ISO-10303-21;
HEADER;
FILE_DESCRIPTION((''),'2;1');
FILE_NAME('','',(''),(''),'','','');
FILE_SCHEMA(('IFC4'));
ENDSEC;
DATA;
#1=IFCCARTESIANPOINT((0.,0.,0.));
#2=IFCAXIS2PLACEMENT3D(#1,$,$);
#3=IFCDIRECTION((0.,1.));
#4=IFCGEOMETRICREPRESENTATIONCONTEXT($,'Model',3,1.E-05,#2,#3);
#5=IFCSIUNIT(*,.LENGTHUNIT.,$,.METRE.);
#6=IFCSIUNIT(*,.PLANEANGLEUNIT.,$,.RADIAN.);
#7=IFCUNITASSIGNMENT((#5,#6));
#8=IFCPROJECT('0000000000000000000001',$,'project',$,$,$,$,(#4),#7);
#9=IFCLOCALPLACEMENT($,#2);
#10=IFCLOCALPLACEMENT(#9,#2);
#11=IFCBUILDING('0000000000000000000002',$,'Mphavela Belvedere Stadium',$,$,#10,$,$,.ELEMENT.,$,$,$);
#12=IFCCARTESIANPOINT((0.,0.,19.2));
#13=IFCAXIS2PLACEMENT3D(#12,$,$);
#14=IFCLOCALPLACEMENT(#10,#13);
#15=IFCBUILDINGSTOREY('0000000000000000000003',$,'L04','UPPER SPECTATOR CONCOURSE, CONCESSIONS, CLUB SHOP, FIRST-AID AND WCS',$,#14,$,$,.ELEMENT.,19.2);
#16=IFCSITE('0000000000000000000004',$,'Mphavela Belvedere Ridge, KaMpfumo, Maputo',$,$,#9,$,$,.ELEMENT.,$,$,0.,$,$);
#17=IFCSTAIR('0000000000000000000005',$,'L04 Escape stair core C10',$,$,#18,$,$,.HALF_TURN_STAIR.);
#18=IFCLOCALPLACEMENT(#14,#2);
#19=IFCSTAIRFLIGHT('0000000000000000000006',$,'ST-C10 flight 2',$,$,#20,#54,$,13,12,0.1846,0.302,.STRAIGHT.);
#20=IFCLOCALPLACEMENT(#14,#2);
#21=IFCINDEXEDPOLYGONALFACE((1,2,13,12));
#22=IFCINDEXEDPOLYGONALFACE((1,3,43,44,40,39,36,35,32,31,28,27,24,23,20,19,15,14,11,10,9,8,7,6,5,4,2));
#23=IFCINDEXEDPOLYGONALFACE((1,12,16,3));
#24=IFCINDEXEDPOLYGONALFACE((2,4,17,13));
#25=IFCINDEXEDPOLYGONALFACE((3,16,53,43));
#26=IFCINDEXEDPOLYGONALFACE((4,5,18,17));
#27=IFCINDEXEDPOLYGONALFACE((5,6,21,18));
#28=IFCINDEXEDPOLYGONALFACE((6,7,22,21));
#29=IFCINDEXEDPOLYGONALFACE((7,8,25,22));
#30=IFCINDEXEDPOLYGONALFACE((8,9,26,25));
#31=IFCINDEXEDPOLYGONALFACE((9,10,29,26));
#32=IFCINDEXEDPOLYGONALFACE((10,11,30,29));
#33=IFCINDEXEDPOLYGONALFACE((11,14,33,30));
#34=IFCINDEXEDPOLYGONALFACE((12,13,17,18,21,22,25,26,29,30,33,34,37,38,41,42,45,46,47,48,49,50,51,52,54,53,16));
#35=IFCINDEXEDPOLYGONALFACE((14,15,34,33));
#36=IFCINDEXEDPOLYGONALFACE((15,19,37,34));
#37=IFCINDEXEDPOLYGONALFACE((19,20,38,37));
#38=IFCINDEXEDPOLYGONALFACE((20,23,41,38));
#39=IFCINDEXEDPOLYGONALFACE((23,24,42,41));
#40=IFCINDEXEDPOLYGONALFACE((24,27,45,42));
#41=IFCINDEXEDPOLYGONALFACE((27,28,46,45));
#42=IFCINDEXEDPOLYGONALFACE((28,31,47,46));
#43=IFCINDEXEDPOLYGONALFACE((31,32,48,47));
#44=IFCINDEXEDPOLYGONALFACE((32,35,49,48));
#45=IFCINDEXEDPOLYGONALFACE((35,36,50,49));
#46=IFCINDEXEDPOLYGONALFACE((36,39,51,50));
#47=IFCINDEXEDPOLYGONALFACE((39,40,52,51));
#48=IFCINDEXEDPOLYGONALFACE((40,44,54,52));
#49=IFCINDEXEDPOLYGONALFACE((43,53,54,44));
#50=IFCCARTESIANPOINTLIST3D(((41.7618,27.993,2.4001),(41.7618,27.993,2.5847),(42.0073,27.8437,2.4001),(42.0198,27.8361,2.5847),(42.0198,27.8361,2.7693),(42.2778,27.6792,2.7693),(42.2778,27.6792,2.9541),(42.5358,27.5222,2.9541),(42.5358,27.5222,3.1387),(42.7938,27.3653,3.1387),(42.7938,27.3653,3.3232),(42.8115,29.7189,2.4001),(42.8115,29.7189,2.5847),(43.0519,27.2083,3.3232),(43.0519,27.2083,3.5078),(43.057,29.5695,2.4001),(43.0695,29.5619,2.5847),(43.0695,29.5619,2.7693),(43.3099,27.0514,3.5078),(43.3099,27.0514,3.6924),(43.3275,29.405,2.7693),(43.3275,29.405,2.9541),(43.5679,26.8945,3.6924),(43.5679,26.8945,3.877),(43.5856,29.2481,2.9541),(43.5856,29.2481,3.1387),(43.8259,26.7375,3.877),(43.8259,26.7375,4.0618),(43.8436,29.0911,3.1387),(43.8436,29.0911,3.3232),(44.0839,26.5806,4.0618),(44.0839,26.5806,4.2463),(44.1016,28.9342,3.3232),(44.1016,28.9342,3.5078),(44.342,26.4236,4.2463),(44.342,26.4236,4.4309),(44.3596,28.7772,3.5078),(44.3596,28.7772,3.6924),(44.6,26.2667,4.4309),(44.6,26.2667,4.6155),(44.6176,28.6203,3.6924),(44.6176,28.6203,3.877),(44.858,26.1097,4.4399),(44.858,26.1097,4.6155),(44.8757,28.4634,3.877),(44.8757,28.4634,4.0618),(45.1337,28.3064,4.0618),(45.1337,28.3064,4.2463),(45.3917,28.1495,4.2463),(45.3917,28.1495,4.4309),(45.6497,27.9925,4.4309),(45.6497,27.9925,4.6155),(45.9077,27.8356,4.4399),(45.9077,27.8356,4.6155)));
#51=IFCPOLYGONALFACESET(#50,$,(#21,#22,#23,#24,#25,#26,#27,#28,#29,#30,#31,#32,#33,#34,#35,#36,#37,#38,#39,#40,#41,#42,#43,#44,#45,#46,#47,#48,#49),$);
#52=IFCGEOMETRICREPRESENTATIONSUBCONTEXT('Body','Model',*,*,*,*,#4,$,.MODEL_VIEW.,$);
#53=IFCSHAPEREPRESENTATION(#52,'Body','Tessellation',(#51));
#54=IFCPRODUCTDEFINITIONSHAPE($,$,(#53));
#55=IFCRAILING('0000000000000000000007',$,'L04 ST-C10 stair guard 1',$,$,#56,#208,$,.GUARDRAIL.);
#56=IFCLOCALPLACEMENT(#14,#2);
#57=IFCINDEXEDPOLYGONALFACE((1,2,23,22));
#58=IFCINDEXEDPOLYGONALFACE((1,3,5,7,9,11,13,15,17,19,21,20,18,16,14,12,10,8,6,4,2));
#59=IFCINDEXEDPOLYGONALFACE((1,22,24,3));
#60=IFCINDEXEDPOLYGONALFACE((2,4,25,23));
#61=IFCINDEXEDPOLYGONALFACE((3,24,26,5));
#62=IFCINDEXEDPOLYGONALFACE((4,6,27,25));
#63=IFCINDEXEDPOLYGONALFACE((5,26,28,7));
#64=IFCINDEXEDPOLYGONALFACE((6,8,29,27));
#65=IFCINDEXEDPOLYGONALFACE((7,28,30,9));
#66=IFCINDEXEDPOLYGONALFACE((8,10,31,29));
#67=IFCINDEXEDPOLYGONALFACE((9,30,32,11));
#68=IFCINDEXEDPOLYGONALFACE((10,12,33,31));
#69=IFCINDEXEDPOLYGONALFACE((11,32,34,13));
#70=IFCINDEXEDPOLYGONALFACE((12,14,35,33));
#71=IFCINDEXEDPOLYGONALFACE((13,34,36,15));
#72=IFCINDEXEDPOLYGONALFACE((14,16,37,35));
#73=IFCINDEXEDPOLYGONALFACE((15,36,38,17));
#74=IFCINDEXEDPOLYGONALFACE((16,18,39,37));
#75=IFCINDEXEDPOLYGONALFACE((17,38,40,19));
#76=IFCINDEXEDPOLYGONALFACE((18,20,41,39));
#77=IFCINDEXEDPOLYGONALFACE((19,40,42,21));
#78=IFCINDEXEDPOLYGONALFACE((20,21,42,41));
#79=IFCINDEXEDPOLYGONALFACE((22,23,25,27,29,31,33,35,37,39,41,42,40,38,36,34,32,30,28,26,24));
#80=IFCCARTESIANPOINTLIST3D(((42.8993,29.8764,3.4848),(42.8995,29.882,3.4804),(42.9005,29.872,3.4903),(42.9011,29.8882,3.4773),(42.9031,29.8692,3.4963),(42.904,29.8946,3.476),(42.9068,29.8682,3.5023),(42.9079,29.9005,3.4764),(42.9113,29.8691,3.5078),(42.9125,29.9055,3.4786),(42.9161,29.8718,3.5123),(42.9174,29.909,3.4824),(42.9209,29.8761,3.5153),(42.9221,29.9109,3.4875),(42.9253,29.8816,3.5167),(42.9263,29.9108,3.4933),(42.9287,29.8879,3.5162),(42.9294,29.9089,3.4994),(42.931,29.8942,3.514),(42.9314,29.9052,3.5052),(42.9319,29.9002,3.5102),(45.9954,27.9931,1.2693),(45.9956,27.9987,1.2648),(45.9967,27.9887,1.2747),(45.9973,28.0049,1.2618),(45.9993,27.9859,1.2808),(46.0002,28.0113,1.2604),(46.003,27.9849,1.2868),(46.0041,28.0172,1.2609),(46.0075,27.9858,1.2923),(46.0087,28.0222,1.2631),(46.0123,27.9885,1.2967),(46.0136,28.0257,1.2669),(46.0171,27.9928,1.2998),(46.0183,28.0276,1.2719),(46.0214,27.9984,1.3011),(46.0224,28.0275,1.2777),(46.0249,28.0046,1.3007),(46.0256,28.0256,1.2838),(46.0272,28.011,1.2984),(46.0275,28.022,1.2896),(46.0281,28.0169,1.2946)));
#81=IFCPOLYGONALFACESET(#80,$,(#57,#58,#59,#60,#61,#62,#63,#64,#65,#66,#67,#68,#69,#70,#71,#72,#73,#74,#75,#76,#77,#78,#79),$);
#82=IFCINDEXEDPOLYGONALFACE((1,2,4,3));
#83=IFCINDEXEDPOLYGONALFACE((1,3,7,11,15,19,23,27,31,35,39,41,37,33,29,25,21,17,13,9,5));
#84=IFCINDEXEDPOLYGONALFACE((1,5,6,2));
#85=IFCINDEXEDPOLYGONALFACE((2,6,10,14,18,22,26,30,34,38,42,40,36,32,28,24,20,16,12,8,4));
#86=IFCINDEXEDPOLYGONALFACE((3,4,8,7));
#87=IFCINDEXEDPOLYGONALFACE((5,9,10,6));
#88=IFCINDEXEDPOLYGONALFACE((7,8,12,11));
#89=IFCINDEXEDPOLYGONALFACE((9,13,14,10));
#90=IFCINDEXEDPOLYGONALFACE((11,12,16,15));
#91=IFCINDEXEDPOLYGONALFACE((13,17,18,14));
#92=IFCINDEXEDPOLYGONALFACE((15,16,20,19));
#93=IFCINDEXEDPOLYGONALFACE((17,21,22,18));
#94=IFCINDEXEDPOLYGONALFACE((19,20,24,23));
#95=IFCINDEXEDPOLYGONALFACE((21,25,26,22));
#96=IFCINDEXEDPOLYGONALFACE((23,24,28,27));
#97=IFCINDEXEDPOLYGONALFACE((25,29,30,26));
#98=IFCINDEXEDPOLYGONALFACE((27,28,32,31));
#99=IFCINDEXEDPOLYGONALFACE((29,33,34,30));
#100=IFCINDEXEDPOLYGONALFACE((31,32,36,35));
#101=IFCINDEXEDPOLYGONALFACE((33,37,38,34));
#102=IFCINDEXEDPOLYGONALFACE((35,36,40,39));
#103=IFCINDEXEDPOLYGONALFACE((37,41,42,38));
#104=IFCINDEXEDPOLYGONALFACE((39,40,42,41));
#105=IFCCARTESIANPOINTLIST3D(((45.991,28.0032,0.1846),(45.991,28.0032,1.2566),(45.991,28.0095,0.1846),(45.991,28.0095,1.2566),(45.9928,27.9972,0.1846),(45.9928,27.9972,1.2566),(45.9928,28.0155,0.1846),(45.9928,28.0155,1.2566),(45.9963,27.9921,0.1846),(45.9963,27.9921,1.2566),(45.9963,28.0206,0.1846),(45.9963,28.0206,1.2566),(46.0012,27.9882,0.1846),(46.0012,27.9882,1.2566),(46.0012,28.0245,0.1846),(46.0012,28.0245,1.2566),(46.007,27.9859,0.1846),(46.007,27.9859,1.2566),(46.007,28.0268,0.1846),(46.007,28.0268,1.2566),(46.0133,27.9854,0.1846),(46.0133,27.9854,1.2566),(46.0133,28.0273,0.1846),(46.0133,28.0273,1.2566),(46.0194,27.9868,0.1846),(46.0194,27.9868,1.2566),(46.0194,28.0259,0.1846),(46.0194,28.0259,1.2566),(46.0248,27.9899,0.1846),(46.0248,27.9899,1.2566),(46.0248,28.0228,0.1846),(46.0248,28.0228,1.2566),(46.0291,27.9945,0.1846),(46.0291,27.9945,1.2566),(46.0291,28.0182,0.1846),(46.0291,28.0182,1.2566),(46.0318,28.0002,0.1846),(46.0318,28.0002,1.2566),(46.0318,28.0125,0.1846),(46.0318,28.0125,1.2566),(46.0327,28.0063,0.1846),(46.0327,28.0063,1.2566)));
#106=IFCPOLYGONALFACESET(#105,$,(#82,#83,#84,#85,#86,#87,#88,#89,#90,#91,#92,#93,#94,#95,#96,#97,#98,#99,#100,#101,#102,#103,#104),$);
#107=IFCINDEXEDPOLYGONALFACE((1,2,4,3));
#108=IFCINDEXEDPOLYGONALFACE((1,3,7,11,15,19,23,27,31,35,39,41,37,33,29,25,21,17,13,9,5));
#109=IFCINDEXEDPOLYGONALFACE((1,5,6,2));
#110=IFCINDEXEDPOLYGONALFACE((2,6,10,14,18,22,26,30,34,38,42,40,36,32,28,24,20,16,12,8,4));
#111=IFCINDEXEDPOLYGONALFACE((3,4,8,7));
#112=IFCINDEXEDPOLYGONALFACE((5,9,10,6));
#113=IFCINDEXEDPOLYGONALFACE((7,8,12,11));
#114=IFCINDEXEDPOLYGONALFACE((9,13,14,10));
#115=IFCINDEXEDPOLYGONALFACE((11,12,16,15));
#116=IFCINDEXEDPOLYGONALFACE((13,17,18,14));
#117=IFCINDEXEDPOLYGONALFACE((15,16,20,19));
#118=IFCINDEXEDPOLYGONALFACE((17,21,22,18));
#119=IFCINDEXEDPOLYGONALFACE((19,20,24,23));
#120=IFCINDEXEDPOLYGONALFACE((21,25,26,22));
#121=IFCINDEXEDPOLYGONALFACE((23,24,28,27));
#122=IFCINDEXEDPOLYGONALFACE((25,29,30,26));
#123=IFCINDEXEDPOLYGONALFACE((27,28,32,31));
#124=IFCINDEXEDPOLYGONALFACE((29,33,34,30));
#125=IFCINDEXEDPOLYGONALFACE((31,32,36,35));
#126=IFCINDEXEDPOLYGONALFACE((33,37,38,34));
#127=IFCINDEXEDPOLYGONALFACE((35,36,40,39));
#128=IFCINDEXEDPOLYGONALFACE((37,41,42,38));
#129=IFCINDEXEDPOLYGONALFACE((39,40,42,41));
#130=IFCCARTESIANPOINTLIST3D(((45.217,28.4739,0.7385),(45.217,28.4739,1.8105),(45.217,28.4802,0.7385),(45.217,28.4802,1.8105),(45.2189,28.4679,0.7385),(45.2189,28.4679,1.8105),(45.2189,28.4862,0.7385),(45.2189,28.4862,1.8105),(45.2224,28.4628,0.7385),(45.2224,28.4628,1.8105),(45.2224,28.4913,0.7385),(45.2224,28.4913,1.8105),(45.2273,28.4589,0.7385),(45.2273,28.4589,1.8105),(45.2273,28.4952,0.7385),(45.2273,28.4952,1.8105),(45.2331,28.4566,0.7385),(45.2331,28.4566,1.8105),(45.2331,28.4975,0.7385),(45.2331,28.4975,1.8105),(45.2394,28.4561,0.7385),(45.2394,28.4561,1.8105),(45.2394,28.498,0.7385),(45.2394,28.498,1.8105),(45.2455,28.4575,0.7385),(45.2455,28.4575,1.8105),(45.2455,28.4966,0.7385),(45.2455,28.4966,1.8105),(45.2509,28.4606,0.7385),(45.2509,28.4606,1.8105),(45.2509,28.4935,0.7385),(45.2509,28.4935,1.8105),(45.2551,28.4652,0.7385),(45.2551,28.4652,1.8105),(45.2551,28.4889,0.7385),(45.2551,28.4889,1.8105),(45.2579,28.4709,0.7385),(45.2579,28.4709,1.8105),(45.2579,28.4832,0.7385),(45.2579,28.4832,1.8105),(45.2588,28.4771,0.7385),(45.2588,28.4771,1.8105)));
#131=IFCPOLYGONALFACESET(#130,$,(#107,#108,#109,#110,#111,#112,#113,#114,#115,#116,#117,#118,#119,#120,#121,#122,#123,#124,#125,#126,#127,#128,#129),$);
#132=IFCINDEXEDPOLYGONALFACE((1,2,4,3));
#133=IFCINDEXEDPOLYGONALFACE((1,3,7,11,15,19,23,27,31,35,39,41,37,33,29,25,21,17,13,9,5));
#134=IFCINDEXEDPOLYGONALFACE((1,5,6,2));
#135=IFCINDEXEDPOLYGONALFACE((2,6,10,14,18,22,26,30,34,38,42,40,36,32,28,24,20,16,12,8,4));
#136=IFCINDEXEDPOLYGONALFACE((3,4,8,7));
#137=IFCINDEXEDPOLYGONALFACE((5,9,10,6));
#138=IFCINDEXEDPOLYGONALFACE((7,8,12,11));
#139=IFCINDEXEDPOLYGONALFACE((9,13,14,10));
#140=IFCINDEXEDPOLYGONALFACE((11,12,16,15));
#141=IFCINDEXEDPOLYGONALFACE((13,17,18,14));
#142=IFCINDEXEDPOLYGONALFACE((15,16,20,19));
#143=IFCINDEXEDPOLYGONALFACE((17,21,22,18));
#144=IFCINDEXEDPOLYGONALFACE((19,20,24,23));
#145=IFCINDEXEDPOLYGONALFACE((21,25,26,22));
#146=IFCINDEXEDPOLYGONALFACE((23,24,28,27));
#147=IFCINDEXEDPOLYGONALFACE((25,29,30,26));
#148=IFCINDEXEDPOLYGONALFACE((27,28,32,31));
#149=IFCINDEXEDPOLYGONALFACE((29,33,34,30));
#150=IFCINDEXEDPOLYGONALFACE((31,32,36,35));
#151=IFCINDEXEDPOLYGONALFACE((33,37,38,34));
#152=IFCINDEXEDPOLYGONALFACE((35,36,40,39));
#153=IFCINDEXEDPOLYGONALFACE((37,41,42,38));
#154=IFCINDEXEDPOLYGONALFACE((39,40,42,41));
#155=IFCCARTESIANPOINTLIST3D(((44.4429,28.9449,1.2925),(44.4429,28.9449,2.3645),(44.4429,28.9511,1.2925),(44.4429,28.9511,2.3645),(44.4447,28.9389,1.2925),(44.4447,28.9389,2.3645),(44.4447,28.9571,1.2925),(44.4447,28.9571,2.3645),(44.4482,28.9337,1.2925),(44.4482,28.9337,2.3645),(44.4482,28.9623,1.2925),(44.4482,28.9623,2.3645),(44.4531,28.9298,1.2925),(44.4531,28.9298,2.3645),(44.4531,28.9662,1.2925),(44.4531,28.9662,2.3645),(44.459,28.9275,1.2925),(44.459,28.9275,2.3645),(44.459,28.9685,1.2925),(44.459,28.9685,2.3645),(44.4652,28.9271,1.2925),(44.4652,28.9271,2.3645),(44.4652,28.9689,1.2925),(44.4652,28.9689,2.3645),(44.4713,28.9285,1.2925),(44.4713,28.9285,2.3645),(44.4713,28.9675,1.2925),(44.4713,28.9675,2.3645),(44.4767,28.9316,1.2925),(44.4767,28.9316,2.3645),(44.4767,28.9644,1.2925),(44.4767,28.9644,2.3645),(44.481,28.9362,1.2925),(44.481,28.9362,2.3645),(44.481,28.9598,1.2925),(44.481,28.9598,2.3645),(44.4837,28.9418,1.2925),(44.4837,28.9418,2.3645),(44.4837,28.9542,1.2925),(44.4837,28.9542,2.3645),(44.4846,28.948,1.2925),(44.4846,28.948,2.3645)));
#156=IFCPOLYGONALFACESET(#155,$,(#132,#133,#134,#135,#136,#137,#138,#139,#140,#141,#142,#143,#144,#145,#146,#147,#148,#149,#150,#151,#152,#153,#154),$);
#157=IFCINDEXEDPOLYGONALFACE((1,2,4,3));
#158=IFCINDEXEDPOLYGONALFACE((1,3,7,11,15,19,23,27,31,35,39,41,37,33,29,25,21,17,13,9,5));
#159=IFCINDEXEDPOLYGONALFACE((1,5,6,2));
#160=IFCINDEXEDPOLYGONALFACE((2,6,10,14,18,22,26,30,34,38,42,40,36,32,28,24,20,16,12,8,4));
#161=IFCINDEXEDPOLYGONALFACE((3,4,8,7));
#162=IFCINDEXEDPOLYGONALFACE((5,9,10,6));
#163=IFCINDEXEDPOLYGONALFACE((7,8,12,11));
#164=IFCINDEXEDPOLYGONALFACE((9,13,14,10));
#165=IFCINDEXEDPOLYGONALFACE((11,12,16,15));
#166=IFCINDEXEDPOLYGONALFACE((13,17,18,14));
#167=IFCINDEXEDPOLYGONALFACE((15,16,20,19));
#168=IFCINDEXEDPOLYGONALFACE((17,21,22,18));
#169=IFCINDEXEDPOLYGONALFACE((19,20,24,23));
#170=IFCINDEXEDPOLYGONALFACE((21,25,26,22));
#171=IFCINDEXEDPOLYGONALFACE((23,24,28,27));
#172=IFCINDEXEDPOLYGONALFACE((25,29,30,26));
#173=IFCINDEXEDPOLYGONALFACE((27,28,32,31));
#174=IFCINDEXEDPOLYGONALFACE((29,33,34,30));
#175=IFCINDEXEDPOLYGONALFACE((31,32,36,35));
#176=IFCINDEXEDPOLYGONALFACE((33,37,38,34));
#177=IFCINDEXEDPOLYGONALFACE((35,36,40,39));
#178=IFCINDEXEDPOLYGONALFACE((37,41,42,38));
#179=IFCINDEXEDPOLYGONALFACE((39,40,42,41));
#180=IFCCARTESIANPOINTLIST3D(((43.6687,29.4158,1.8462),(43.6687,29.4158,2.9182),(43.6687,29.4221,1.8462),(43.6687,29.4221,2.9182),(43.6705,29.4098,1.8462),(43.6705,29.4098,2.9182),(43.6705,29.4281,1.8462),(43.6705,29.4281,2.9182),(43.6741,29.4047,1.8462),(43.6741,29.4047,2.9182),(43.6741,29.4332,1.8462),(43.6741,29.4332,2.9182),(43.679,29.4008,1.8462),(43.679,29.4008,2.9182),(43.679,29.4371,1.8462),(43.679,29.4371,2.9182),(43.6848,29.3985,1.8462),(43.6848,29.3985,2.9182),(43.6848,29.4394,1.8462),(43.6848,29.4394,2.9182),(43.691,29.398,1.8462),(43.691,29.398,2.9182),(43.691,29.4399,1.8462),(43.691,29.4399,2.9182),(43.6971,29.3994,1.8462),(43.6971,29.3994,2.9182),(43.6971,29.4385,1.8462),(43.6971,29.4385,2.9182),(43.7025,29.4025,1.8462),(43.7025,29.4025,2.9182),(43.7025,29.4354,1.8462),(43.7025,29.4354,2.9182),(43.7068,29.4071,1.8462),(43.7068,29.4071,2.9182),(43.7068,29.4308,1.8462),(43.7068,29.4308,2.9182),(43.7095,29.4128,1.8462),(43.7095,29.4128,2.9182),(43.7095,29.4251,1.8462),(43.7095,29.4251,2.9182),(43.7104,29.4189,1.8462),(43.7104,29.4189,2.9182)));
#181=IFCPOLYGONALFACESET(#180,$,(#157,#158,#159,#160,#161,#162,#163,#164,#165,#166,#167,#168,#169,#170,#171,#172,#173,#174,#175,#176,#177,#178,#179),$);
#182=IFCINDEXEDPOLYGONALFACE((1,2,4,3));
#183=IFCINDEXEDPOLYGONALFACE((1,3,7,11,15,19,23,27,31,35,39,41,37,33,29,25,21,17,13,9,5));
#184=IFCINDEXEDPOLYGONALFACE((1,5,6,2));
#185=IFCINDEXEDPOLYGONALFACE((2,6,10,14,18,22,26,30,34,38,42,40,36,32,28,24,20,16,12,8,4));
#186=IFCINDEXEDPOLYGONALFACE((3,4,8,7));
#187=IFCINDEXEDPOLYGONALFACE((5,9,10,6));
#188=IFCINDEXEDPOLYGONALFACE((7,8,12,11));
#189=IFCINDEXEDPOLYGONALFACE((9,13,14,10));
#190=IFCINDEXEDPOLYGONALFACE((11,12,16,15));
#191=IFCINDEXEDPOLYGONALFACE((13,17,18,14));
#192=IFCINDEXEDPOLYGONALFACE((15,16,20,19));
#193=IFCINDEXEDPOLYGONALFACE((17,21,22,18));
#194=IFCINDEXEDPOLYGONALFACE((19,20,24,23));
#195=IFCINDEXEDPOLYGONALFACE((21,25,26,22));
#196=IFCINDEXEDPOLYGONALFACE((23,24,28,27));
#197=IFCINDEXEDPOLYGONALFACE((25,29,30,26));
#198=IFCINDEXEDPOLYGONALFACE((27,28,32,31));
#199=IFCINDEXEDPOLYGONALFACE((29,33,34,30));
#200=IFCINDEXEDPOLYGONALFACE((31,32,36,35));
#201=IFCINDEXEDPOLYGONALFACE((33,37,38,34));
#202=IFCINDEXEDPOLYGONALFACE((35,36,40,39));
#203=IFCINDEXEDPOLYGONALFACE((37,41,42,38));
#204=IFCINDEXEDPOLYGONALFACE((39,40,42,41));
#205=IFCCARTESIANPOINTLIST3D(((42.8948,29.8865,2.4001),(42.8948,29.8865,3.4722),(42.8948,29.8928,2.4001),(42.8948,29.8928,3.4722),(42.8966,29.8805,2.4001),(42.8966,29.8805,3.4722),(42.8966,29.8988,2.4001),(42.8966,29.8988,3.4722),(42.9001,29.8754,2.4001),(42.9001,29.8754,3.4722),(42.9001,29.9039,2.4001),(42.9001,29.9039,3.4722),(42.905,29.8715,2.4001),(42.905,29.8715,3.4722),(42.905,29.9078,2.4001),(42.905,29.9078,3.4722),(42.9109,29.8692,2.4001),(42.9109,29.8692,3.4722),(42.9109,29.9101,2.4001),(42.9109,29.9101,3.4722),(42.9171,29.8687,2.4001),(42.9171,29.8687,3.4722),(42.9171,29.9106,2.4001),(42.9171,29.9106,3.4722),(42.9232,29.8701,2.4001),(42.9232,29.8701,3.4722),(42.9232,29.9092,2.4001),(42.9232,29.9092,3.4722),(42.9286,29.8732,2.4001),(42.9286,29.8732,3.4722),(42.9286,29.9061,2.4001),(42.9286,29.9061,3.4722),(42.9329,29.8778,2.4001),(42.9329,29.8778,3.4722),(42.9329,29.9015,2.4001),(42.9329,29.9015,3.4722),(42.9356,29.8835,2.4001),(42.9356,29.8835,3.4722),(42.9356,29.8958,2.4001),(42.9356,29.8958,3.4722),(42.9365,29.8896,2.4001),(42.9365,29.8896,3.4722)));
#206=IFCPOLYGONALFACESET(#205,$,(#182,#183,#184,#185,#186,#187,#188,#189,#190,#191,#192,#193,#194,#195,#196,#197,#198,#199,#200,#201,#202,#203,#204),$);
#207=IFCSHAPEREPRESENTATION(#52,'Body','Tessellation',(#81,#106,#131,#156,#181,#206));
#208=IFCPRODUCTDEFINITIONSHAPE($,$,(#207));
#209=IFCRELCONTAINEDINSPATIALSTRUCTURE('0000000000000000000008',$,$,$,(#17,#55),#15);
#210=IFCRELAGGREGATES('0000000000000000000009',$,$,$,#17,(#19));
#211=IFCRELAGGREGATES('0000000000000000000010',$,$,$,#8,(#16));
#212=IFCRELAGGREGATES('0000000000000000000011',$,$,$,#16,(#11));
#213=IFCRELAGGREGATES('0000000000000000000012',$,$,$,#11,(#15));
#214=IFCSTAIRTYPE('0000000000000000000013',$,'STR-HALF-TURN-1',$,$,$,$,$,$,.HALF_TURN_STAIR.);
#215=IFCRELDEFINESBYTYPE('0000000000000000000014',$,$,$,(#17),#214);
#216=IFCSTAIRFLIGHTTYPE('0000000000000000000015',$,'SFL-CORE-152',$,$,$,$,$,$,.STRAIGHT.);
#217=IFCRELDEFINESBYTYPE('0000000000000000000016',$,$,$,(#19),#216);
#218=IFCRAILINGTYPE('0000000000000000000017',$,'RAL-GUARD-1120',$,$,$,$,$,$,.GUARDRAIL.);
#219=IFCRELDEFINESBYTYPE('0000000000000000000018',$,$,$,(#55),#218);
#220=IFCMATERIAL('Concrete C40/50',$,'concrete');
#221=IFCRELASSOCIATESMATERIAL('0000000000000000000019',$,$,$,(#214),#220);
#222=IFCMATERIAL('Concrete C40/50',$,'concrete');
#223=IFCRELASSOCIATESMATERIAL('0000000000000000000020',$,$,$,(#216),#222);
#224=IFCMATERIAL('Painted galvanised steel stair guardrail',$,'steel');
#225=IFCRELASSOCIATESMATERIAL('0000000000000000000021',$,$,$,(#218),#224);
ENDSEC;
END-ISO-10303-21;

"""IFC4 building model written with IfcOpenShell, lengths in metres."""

from ifc_helpers import new_model, si_unit, direction, frame, origin, origin_2d, place, context, subcontext, project, spatial, polyline, circle, outline, extrude, material, type_object, element, aggregate, save


model = new_model("IFC4")

# Units and contexts
model_context = context("Model", 3, precision=1e-05, world=origin(), true_north=direction((0.0, 1.0)))
body_context = subcontext(model_context, "Body", "Model", "MODEL_VIEW")
ifc_project = project(units=[si_unit("LENGTHUNIT", "METRE"), si_unit("PLANEANGLEUNIT", "RADIAN")], contexts=[model_context])

# Site, building, storey
site_placement = place(None, origin())
site = spatial("IfcSite", under=ifc_project, at=site_placement, Name="Mphavela Belvedere Ridge, KaMpfumo, Maputo", CompositionType="ELEMENT", RefElevation=0.0)
building_placement = place(site_placement, origin())
building = spatial("IfcBuilding", under=site, at=building_placement, Name="Mphavela Belvedere Stadium", CompositionType="ELEMENT")
storey_placement = place(building_placement, frame((0.0, 0.0, 19.2)))
storey = spatial("IfcBuildingStorey", under=building, at=storey_placement, Name="L04", Description="UPPER SPECTATOR CONCOURSE, CONCESSIONS, CLUB SHOP, FIRST-AID AND WCS", CompositionType="ELEMENT", Elevation=19.2)

# Stair, stair flight
ifc_material_1 = material(Name="Concrete C40/50", Category="concrete")
stair_type = type_object("IfcStairType", Name="STR-HALF-TURN-1", PredefinedType="HALF_TURN_STAIR", material=ifc_material_1)
stair_placement = place(storey_placement, origin())
stair = element("IfcStair", 1, at=stair_placement, inside=storey, type_object=stair_type, Name="L04 Escape stair core C10", PredefinedType="HALF_TURN_STAIR")
ifc_material_2 = material(Name="Concrete C40/50", Category="concrete")
stair_flight_type = type_object("IfcStairFlightType", Name="SFL-CORE-152", PredefinedType="STRAIGHT", material=ifc_material_2)
stair_flight_1_placement = place(storey_placement, frame((42.2866, 28.856, 2.4001), z_axis=(0.0, 0.0, 1.0), x_axis=(0.854368, -0.519668, 0.0)))
stair_flight_1 = element("IfcStairFlight", 2, at=stair_flight_1_placement, type_object=stair_flight_type, Name="ST-C10 flight 2", NumberOfRisers=13, NumberOfTreads=12, PredefinedType="STRAIGHT", RiserHeight=0.1846, TreadLength=0.302, context=body_context, shape_type="SweptSolid", body=[
    extrude(outline(polyline([(0.0, 0.0), (0.0, 0.1846), (0.302, 0.1846), (0.302, 0.3691), (0.604, 0.3691), (0.604, 0.554), (0.906, 0.554), (0.906, 0.7385), (1.208, 0.7385), (1.208, 0.9231), (1.51, 0.9231), (1.51, 1.1077), (1.812, 1.1077), (1.812, 1.2922), (2.114, 1.2922), (2.114, 1.4768), (2.416, 1.4768), (2.416, 1.6616), (2.718, 1.6616), (2.718, 1.8462), (3.02, 1.8462), (3.02, 2.0308), (3.322, 2.0308), (3.322, 2.2153), (3.624, 2.2153), (3.624, 2.3999), (3.624, 2.0398), (0.2874, 0.0), (0.0, 0.0)])), frame((0.0, 1.01, 0.0), z_axis=(0.0, -1.0, 0.0), x_axis=(1.0, 0.0, 0.0)), (0.0, 0.0, 1.0), 2.02),
])
aggregate(stair, [stair_flight_1])

# Railing
ifc_material_3 = material(Name="Painted galvanised steel stair guardrail", Category="steel")
railing_type_1 = type_object("IfcRailingType", Name="RAL-GUARD-1120", PredefinedType="GUARDRAIL", material=ifc_material_3)
railing_1_placement = place(storey_placement, frame((46.0117, 28.0063, 0.1846)))
element("IfcRailing", 3, at=railing_1_placement, inside=storey, type_object=railing_type_1, Name="L04 ST-C10 stair guard 1", PredefinedType="GUARDRAIL", context=body_context, shape_type="SweptSolid", body=[
    extrude(circle(Radius=0.0239, at=origin_2d()), frame((0.0, 0.0, 1.0962), z_axis=(-0.728929, 0.443381, 0.521608), x_axis=(-0.519678, -0.854362, 0.0)), (0.0, 0.0, 1.0), 4.2476),
    extrude(circle(Radius=0.021, at=origin_2d()), origin(), (0.0, 0.0, 1.0), 1.072),
    extrude(circle(Radius=0.021, at=origin_2d()), frame((-0.7739, 0.4707, 0.554)), (0.0, 0.0, 1.0), 1.072),
    extrude(circle(Radius=0.021, at=origin_2d()), frame((-1.5481, 0.9417, 1.1079)), (0.0, 0.0, 1.0), 1.072),
    extrude(circle(Radius=0.021, at=origin_2d()), frame((-2.3223, 1.4126, 1.6616)), (0.0, 0.0, 1.0), 1.072),
    extrude(circle(Radius=0.021, at=origin_2d()), frame((-3.0962, 1.8833, 2.2156)), (0.0, 0.0, 1.0), 1.072),
])

save(model, "model.ifc")
